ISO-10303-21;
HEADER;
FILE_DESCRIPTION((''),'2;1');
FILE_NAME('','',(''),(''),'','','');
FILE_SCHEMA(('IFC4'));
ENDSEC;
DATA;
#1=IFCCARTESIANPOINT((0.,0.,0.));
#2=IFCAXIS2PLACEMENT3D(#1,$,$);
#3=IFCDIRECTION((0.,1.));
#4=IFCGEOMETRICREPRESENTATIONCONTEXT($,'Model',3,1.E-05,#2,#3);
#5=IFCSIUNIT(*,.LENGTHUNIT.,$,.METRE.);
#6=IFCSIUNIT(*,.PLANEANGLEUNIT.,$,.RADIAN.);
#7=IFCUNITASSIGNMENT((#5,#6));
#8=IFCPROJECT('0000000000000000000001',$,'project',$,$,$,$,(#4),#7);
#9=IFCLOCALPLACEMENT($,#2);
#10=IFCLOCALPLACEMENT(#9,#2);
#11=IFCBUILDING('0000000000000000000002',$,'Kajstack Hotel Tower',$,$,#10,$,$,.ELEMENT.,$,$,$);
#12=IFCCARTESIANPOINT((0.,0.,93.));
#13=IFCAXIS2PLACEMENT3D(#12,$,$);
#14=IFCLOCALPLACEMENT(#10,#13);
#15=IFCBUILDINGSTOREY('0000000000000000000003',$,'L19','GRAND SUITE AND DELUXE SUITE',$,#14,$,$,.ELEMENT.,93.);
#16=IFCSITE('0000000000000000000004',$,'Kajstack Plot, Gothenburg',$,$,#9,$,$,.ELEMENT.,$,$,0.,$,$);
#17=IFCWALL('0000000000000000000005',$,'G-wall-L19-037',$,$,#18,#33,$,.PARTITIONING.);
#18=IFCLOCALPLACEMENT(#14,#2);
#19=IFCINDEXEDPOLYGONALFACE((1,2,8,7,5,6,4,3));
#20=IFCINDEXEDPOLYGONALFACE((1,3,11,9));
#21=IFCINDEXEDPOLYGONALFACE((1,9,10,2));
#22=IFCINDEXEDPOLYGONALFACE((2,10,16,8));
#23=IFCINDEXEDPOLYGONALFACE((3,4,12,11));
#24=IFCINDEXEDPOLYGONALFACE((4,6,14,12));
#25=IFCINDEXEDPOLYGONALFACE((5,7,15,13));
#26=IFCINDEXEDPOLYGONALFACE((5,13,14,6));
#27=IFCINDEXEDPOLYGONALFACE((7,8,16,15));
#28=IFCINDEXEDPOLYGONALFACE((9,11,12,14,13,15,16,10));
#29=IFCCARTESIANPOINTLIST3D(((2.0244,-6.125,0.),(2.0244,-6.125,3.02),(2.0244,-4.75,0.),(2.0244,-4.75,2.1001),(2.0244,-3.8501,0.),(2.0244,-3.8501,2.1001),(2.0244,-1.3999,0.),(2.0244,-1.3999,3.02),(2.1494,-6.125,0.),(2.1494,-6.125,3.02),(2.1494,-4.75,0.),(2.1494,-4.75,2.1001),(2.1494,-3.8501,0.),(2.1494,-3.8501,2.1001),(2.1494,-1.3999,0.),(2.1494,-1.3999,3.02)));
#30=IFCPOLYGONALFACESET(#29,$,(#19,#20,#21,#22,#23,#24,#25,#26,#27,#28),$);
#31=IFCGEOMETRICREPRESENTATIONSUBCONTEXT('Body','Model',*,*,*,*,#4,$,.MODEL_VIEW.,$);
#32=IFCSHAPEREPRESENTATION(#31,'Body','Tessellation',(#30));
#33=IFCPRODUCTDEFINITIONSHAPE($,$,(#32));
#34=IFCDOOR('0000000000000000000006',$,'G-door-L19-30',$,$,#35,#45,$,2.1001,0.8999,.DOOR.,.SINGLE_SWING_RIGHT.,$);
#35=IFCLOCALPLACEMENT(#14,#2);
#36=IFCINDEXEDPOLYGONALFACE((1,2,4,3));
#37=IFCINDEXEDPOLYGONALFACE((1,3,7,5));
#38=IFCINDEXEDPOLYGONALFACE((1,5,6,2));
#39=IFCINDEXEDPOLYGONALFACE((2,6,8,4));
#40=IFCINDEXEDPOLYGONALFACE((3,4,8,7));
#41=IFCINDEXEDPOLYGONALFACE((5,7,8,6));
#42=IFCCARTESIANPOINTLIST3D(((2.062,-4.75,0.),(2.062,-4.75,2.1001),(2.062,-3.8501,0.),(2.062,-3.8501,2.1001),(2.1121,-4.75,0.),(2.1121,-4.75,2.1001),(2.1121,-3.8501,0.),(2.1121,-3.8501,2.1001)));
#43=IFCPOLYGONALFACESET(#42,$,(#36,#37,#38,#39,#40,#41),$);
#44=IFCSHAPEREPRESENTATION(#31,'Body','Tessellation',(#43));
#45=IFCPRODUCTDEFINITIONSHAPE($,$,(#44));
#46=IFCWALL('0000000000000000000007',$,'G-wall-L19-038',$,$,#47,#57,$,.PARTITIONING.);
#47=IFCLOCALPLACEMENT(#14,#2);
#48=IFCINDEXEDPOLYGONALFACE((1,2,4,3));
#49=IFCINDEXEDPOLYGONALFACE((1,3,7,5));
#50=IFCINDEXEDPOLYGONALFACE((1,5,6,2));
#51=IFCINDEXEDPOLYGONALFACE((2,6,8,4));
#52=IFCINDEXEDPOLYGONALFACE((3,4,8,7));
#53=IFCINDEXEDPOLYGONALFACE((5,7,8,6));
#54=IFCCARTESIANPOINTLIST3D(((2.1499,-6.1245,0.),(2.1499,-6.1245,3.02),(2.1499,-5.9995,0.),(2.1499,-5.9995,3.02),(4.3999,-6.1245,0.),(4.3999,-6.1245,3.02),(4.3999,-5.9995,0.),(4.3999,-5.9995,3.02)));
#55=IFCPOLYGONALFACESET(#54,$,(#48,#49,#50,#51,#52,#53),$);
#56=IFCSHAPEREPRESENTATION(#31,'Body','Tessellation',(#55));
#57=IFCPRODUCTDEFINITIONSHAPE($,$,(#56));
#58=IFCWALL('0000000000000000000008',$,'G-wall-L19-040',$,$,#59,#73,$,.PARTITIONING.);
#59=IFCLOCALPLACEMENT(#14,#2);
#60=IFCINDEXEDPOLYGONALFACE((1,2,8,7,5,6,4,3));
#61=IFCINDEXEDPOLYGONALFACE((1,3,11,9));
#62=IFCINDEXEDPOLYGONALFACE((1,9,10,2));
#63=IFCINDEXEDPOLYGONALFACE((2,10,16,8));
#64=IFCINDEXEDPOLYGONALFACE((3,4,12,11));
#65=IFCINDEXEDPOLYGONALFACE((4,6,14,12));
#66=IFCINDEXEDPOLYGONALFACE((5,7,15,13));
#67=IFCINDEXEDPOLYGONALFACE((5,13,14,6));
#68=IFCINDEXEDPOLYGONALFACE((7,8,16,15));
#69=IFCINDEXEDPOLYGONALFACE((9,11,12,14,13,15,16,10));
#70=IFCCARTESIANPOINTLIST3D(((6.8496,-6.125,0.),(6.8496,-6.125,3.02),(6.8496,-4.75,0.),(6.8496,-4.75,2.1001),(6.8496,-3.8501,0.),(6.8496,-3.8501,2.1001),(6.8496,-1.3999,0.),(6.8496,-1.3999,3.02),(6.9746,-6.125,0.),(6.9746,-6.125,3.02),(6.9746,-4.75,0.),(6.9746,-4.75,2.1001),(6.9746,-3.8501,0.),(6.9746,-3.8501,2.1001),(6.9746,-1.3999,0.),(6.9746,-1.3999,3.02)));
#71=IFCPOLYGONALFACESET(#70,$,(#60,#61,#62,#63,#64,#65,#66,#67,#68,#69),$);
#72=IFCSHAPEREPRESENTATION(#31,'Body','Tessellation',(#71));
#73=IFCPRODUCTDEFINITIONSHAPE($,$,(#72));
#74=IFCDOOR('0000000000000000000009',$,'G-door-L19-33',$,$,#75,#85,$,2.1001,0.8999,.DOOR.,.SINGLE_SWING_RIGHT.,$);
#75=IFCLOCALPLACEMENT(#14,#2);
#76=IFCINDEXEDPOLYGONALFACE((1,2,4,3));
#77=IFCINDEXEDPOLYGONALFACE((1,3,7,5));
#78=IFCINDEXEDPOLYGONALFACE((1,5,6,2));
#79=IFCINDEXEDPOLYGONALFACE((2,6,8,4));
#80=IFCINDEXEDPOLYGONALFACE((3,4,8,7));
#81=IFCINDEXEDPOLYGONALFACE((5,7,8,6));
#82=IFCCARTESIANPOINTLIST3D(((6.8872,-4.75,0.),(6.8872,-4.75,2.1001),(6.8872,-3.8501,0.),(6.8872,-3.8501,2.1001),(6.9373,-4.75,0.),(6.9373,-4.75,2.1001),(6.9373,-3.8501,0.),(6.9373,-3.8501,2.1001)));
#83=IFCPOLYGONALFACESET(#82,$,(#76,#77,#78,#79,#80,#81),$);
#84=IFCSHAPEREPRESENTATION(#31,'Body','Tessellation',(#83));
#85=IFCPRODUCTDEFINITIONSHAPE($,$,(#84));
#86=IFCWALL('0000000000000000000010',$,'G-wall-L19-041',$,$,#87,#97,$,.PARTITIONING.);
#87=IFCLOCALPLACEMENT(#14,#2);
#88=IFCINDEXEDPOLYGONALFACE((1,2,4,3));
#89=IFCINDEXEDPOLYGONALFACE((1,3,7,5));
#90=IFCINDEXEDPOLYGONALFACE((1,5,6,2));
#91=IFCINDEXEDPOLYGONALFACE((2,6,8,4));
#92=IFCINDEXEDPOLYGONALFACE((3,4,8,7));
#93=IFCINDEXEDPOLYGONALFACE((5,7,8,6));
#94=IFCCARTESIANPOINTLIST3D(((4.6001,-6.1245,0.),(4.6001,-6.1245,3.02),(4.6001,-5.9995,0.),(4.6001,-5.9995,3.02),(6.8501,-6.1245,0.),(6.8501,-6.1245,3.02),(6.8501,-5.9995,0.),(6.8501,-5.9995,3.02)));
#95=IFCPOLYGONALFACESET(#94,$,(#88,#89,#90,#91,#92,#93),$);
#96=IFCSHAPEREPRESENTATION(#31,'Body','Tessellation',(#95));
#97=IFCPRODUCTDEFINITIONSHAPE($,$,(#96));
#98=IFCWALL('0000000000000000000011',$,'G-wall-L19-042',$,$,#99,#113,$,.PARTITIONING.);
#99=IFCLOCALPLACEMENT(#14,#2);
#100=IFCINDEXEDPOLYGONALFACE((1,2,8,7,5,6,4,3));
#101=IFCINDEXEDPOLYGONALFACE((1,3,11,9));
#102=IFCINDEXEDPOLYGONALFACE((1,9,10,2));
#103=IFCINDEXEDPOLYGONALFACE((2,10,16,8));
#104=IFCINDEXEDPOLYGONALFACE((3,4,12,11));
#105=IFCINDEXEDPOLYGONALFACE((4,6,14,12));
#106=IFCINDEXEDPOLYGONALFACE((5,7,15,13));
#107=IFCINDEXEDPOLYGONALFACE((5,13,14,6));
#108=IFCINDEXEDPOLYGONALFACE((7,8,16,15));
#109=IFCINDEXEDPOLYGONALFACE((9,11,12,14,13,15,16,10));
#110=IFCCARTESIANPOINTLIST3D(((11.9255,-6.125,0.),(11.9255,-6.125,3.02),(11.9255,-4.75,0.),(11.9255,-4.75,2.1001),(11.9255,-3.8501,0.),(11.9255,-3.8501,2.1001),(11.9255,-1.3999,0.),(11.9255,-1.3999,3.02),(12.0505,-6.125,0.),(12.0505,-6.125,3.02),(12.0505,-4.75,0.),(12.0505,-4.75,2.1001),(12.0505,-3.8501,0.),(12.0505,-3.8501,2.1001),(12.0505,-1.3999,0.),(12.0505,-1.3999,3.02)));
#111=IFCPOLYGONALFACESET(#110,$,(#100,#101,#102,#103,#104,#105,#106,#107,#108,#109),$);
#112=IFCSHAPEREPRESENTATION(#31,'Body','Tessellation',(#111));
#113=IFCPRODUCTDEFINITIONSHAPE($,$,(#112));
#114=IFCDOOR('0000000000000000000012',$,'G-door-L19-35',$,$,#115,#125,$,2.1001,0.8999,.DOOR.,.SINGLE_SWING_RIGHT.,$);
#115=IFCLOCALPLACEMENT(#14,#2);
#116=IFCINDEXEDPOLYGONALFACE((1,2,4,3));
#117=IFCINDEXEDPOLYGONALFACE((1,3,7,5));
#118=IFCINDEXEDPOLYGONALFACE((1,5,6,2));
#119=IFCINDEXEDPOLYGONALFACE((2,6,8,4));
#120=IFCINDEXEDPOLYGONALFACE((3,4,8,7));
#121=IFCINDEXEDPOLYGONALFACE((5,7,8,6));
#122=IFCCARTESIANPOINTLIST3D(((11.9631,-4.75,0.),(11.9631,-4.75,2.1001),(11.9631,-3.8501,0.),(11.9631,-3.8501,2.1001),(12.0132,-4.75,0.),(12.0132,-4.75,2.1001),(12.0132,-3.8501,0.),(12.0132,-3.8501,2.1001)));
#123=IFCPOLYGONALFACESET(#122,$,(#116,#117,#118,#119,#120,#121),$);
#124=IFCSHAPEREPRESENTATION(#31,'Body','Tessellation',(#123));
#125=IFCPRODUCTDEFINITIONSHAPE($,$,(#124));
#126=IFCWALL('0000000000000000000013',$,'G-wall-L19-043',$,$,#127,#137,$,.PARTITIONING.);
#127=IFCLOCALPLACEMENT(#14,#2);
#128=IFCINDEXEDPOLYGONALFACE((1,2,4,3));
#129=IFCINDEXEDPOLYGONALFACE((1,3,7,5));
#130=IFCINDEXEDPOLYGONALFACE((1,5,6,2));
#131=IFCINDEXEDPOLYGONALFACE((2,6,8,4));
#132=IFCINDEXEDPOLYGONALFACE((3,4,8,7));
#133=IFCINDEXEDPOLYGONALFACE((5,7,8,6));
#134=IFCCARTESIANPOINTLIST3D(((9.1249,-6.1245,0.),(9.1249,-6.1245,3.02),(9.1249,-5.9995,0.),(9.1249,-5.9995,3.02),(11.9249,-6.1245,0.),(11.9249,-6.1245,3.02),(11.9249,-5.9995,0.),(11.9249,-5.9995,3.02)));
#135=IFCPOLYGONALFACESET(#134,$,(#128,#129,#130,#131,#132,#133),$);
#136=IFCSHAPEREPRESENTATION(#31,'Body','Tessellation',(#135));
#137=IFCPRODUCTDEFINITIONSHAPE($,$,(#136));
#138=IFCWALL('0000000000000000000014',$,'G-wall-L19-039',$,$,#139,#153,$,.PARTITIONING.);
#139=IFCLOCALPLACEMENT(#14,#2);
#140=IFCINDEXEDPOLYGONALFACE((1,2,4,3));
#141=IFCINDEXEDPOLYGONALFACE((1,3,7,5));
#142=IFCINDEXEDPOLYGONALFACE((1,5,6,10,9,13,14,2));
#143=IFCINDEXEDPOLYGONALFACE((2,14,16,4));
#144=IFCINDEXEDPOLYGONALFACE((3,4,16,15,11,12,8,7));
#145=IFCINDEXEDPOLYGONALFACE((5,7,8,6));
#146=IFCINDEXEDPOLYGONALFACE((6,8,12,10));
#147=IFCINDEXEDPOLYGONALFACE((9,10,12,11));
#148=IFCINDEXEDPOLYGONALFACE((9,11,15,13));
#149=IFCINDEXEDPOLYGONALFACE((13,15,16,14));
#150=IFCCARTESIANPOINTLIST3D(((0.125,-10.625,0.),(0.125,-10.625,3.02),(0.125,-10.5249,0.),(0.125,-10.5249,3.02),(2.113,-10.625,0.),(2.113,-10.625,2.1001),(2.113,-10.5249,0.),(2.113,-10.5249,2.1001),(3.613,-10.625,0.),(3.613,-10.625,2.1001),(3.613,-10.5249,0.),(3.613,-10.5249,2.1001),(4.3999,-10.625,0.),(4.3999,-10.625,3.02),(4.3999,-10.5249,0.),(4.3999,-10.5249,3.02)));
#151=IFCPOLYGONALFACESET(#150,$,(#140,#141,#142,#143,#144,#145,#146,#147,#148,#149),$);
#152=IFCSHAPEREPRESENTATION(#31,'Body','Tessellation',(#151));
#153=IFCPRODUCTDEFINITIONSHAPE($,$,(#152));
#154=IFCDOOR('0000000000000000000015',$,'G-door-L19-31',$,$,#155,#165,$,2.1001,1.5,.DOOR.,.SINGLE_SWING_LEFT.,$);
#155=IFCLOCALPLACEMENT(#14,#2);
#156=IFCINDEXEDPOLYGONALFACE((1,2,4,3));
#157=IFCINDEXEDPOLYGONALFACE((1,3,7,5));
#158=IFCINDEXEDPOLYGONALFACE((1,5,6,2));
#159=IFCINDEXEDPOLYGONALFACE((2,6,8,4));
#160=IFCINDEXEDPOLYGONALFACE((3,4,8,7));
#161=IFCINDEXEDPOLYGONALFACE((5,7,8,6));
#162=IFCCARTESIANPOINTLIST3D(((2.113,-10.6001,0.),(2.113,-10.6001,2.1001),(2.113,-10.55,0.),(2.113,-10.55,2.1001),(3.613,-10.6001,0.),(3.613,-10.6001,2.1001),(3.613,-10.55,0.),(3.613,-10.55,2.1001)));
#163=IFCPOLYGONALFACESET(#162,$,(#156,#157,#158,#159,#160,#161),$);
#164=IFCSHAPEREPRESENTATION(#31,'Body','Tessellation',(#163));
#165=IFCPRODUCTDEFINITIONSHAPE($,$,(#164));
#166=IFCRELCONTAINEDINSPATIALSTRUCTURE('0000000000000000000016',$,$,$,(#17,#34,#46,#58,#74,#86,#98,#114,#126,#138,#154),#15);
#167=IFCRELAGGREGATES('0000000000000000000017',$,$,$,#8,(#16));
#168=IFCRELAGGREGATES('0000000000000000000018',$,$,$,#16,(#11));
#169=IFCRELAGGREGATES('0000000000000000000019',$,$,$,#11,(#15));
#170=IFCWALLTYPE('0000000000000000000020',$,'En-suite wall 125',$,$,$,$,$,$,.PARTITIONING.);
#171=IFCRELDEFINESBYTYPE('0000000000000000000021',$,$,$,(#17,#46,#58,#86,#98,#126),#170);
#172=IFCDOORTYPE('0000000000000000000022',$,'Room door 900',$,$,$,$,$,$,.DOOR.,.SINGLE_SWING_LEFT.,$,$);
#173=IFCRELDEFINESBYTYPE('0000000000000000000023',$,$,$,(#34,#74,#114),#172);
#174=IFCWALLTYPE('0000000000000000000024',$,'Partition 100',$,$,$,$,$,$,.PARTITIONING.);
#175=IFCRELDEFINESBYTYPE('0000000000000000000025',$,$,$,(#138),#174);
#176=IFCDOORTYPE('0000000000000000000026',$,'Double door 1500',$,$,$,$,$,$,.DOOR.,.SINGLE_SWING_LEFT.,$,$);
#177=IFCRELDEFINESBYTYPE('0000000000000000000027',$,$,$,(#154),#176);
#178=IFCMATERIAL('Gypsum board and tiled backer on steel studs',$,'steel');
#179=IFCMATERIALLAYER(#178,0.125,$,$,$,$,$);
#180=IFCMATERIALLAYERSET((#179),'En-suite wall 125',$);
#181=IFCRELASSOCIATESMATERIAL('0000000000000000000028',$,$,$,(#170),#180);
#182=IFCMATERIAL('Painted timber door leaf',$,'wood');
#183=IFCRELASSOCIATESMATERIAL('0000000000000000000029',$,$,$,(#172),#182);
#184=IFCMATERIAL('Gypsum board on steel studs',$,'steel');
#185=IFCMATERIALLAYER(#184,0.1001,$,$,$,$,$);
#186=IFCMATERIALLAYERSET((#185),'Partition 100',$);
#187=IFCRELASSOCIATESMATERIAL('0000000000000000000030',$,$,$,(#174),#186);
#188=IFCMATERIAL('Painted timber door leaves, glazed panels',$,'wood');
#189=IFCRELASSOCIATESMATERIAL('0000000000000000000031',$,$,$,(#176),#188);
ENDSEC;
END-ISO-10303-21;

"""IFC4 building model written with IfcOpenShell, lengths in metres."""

from ifc_helpers import new_model, si_unit, direction, frame, frame_2d, origin, place, context, subcontext, project, spatial, rectangle, extrude, material, layer, layer_set, type_object, element, fill, save


model = new_model("IFC4")

# Units and contexts
model_context = context("Model", 3, precision=1e-05, world=origin(), true_north=direction((0.0, 1.0)))
body_context = subcontext(model_context, "Body", "Model", "MODEL_VIEW")
ifc_project = project(units=[si_unit("LENGTHUNIT", "METRE"), si_unit("PLANEANGLEUNIT", "RADIAN")], contexts=[model_context])

# Site, building, storey
site_placement = place(None, origin())
site = spatial("IfcSite", under=ifc_project, at=site_placement, Name="Kajstack Plot, Gothenburg", CompositionType="ELEMENT", RefElevation=0.0)
building_placement = place(site_placement, origin())
building = spatial("IfcBuilding", under=site, at=building_placement, Name="Kajstack Hotel Tower", CompositionType="ELEMENT")
storey_placement = place(building_placement, frame((0.0, 0.0, 93.0)))
storey = spatial("IfcBuildingStorey", under=building, at=storey_placement, Name="L19", Description="GRAND SUITE AND DELUXE SUITE", CompositionType="ELEMENT", Elevation=93.0)

# Wall, opening, door
ifc_material_1 = material(Name="Gypsum board and tiled backer on steel studs", Category="steel")
ifc_layer_1 = layer(ifc_material_1, 0.125)
ifc_layer_set_1 = layer_set([ifc_layer_1], Name="En-suite wall 125")
wall_type_1 = type_object("IfcWallType", Name="En-suite wall 125", PredefinedType="PARTITIONING", material=ifc_layer_set_1)
ifc_material_2 = material(Name="Painted timber door leaf", Category="wood")
door_type_1 = type_object("IfcDoorType", Name="Room door 900", OperationType="SINGLE_SWING_LEFT", PredefinedType="DOOR", material=ifc_material_2)
wall_1_placement = place(storey_placement, frame((2.0869, -6.125, 0.0), z_axis=(0.0, 0.0, 1.0), x_axis=(0.0, 1.0, 0.0)))
wall_1 = element("IfcWall", 1, at=wall_1_placement, inside=storey, type_object=wall_type_1, Name="G-wall-L19-037", PredefinedType="PARTITIONING", context=body_context, shape_type="SweptSolid", body=[
    extrude(rectangle(XDim=4.7251, YDim=0.125, at=frame_2d((2.3625, 0.0))), origin(), (0.0, 0.0, 1.0), 3.02),
])
opening_1_placement = place(wall_1_placement, frame((1.375, 0.0, 0.0)))
opening_1 = element("IfcOpeningElement", 2, at=opening_1_placement, cuts=wall_1, PredefinedType="OPENING", context=body_context, shape_type="SweptSolid", body=[
    extrude(rectangle(XDim=0.8999, YDim=2.1001, at=frame_2d((0.45, 1.05))), frame((0.0, 0.0725, 0.0), z_axis=(0.0, -1.0, 0.0), x_axis=(1.0, 0.0, 0.0)), (0.0, 0.0, 1.0), 0.145),
])
door_1_placement = place(opening_1_placement, origin())
door_1 = element("IfcDoor", 3, at=door_1_placement, inside=storey, type_object=door_type_1, Name="G-door-L19-30", OperationType="SINGLE_SWING_RIGHT", OverallHeight=2.1001, OverallWidth=0.8999, PredefinedType="DOOR", context=body_context, shape_type="SweptSolid", body=[
    extrude(rectangle(XDim=0.8999, YDim=2.1001, at=frame_2d((0.45, 1.05))), frame((0.0, 0.0249, 0.0), z_axis=(0.0, -1.0, 0.0), x_axis=(1.0, 0.0, 0.0)), (0.0, 0.0, 1.0), 0.05),
])
fill(opening_1, door_1)

# Wall
wall_2_placement = place(storey_placement, frame((2.1499, -6.062, 0.0), z_axis=(0.0, 0.0, 1.0), x_axis=(1.0, 0.0, 0.0)))
element("IfcWall", 4, at=wall_2_placement, inside=storey, type_object=wall_type_1, Name="G-wall-L19-038", PredefinedType="PARTITIONING", context=body_context, shape_type="SweptSolid", body=[
    extrude(rectangle(XDim=2.25, YDim=0.125, at=frame_2d((1.125, 0.0))), origin(), (0.0, 0.0, 1.0), 3.02),
])

# Wall, opening, door
wall_3_placement = place(storey_placement, frame((6.9121, -6.125, 0.0), z_axis=(0.0, 0.0, 1.0), x_axis=(0.0, 1.0, 0.0)))
wall_3 = element("IfcWall", 5, at=wall_3_placement, inside=storey, type_object=wall_type_1, Name="G-wall-L19-040", PredefinedType="PARTITIONING", context=body_context, shape_type="SweptSolid", body=[
    extrude(rectangle(XDim=4.7251, YDim=0.125, at=frame_2d((2.3625, 0.0))), origin(), (0.0, 0.0, 1.0), 3.02),
])
opening_2_placement = place(wall_3_placement, frame((1.375, 0.0, 0.0)))
opening_2 = element("IfcOpeningElement", 6, at=opening_2_placement, cuts=wall_3, PredefinedType="OPENING", context=body_context, shape_type="SweptSolid", body=[
    extrude(rectangle(XDim=0.8999, YDim=2.1001, at=frame_2d((0.45, 1.05))), frame((0.0, 0.0725, 0.0), z_axis=(0.0, -1.0, 0.0), x_axis=(1.0, 0.0, 0.0)), (0.0, 0.0, 1.0), 0.145),
])
door_2_placement = place(opening_2_placement, origin())
door_2 = element("IfcDoor", 7, at=door_2_placement, inside=storey, type_object=door_type_1, Name="G-door-L19-33", OperationType="SINGLE_SWING_RIGHT", OverallHeight=2.1001, OverallWidth=0.8999, PredefinedType="DOOR", context=body_context, shape_type="SweptSolid", body=[
    extrude(rectangle(XDim=0.8999, YDim=2.1001, at=frame_2d((0.45, 1.05))), frame((0.0, 0.0249, 0.0), z_axis=(0.0, -1.0, 0.0), x_axis=(1.0, 0.0, 0.0)), (0.0, 0.0, 1.0), 0.05),
])
fill(opening_2, door_2)

# Wall
wall_4_placement = place(storey_placement, frame((4.6001, -6.062, 0.0), z_axis=(0.0, 0.0, 1.0), x_axis=(1.0, 0.0, 0.0)))
element("IfcWall", 8, at=wall_4_placement, inside=storey, type_object=wall_type_1, Name="G-wall-L19-041", PredefinedType="PARTITIONING", context=body_context, shape_type="SweptSolid", body=[
    extrude(rectangle(XDim=2.25, YDim=0.125, at=frame_2d((1.125, 0.0))), origin(), (0.0, 0.0, 1.0), 3.02),
])

# Wall, opening, door
wall_5_placement = place(storey_placement, frame((11.988, -6.125, 0.0), z_axis=(0.0, 0.0, 1.0), x_axis=(0.0, 1.0, 0.0)))
wall_5 = element("IfcWall", 9, at=wall_5_placement, inside=storey, type_object=wall_type_1, Name="G-wall-L19-042", PredefinedType="PARTITIONING", context=body_context, shape_type="SweptSolid", body=[
    extrude(rectangle(XDim=4.7251, YDim=0.125, at=frame_2d((2.3625, 0.0))), origin(), (0.0, 0.0, 1.0), 3.02),
])
opening_3_placement = place(wall_5_placement, frame((1.375, 0.0, 0.0)))
opening_3 = element("IfcOpeningElement", 10, at=opening_3_placement, cuts=wall_5, PredefinedType="OPENING", context=body_context, shape_type="SweptSolid", body=[
    extrude(rectangle(XDim=0.8999, YDim=2.1001, at=frame_2d((0.45, 1.05))), frame((0.0, 0.0725, 0.0), z_axis=(0.0, -1.0, 0.0), x_axis=(1.0, 0.0, 0.0)), (0.0, 0.0, 1.0), 0.145),
])
door_3_placement = place(opening_3_placement, origin())
door_3 = element("IfcDoor", 11, at=door_3_placement, inside=storey, type_object=door_type_1, Name="G-door-L19-35", OperationType="SINGLE_SWING_RIGHT", OverallHeight=2.1001, OverallWidth=0.8999, PredefinedType="DOOR", context=body_context, shape_type="SweptSolid", body=[
    extrude(rectangle(XDim=0.8999, YDim=2.1001, at=frame_2d((0.45, 1.05))), frame((0.0, 0.0249, 0.0), z_axis=(0.0, -1.0, 0.0), x_axis=(1.0, 0.0, 0.0)), (0.0, 0.0, 1.0), 0.05),
])
fill(opening_3, door_3)

# Wall
wall_6_placement = place(storey_placement, frame((9.125, -6.062, 0.0), z_axis=(0.0, 0.0, 1.0), x_axis=(1.0, 0.0, 0.0)))
element("IfcWall", 12, at=wall_6_placement, inside=storey, type_object=wall_type_1, Name="G-wall-L19-043", PredefinedType="PARTITIONING", context=body_context, shape_type="SweptSolid", body=[
    extrude(rectangle(XDim=2.8, YDim=0.125, at=frame_2d((1.3999, 0.0))), origin(), (0.0, 0.0, 1.0), 3.02),
])

# Wall, opening, door
ifc_material_3 = material(Name="Gypsum board on steel studs", Category="steel")
ifc_layer_2 = layer(ifc_material_3, 0.1001)
ifc_layer_set_2 = layer_set([ifc_layer_2], Name="Partition 100")
wall_type_2 = type_object("IfcWallType", Name="Partition 100", PredefinedType="PARTITIONING", material=ifc_layer_set_2)
wall_7_placement = place(storey_placement, frame((0.125, -10.575, 0.0), z_axis=(0.0, 0.0, 1.0), x_axis=(1.0, 0.0, 0.0)))
wall_7 = element("IfcWall", 13, at=wall_7_placement, inside=storey, type_object=wall_type_2, Name="G-wall-L19-039", PredefinedType="PARTITIONING", context=body_context, shape_type="SweptSolid", body=[
    extrude(rectangle(XDim=4.2749, YDim=0.1001, at=frame_2d((2.1375, 0.0))), origin(), (0.0, 0.0, 1.0), 3.02),
])
opening_4_placement = place(wall_7_placement, frame((1.988, 0.0, 0.0)))
opening_4 = element("IfcOpeningElement", 14, at=opening_4_placement, cuts=wall_7, PredefinedType="OPENING", context=body_context, shape_type="SweptSolid", body=[
    extrude(rectangle(XDim=1.5, YDim=2.1001, at=frame_2d((0.75, 1.05))), frame((0.0, 0.0601, 0.0), z_axis=(0.0, -1.0, 0.0), x_axis=(1.0, 0.0, 0.0)), (0.0, 0.0, 1.0), 0.1201),
])
ifc_material_4 = material(Name="Painted timber door leaves, glazed panels", Category="wood")
door_type_2 = type_object("IfcDoorType", Name="Double door 1500", OperationType="SINGLE_SWING_LEFT", PredefinedType="DOOR", material=ifc_material_4)
door_4_placement = place(opening_4_placement, origin())
door_4 = element("IfcDoor", 15, at=door_4_placement, inside=storey, type_object=door_type_2, Name="G-door-L19-31", OperationType="SINGLE_SWING_LEFT", OverallHeight=2.1001, OverallWidth=1.5, PredefinedType="DOOR", context=body_context, shape_type="SweptSolid", body=[
    extrude(rectangle(XDim=1.5, YDim=2.1001, at=frame_2d((0.75, 1.05))), frame((0.0, 0.0249, 0.0), z_axis=(0.0, -1.0, 0.0), x_axis=(1.0, 0.0, 0.0)), (0.0, 0.0, 1.0), 0.05),
])
fill(opening_4, door_4)

save(model, "model.ifc")
